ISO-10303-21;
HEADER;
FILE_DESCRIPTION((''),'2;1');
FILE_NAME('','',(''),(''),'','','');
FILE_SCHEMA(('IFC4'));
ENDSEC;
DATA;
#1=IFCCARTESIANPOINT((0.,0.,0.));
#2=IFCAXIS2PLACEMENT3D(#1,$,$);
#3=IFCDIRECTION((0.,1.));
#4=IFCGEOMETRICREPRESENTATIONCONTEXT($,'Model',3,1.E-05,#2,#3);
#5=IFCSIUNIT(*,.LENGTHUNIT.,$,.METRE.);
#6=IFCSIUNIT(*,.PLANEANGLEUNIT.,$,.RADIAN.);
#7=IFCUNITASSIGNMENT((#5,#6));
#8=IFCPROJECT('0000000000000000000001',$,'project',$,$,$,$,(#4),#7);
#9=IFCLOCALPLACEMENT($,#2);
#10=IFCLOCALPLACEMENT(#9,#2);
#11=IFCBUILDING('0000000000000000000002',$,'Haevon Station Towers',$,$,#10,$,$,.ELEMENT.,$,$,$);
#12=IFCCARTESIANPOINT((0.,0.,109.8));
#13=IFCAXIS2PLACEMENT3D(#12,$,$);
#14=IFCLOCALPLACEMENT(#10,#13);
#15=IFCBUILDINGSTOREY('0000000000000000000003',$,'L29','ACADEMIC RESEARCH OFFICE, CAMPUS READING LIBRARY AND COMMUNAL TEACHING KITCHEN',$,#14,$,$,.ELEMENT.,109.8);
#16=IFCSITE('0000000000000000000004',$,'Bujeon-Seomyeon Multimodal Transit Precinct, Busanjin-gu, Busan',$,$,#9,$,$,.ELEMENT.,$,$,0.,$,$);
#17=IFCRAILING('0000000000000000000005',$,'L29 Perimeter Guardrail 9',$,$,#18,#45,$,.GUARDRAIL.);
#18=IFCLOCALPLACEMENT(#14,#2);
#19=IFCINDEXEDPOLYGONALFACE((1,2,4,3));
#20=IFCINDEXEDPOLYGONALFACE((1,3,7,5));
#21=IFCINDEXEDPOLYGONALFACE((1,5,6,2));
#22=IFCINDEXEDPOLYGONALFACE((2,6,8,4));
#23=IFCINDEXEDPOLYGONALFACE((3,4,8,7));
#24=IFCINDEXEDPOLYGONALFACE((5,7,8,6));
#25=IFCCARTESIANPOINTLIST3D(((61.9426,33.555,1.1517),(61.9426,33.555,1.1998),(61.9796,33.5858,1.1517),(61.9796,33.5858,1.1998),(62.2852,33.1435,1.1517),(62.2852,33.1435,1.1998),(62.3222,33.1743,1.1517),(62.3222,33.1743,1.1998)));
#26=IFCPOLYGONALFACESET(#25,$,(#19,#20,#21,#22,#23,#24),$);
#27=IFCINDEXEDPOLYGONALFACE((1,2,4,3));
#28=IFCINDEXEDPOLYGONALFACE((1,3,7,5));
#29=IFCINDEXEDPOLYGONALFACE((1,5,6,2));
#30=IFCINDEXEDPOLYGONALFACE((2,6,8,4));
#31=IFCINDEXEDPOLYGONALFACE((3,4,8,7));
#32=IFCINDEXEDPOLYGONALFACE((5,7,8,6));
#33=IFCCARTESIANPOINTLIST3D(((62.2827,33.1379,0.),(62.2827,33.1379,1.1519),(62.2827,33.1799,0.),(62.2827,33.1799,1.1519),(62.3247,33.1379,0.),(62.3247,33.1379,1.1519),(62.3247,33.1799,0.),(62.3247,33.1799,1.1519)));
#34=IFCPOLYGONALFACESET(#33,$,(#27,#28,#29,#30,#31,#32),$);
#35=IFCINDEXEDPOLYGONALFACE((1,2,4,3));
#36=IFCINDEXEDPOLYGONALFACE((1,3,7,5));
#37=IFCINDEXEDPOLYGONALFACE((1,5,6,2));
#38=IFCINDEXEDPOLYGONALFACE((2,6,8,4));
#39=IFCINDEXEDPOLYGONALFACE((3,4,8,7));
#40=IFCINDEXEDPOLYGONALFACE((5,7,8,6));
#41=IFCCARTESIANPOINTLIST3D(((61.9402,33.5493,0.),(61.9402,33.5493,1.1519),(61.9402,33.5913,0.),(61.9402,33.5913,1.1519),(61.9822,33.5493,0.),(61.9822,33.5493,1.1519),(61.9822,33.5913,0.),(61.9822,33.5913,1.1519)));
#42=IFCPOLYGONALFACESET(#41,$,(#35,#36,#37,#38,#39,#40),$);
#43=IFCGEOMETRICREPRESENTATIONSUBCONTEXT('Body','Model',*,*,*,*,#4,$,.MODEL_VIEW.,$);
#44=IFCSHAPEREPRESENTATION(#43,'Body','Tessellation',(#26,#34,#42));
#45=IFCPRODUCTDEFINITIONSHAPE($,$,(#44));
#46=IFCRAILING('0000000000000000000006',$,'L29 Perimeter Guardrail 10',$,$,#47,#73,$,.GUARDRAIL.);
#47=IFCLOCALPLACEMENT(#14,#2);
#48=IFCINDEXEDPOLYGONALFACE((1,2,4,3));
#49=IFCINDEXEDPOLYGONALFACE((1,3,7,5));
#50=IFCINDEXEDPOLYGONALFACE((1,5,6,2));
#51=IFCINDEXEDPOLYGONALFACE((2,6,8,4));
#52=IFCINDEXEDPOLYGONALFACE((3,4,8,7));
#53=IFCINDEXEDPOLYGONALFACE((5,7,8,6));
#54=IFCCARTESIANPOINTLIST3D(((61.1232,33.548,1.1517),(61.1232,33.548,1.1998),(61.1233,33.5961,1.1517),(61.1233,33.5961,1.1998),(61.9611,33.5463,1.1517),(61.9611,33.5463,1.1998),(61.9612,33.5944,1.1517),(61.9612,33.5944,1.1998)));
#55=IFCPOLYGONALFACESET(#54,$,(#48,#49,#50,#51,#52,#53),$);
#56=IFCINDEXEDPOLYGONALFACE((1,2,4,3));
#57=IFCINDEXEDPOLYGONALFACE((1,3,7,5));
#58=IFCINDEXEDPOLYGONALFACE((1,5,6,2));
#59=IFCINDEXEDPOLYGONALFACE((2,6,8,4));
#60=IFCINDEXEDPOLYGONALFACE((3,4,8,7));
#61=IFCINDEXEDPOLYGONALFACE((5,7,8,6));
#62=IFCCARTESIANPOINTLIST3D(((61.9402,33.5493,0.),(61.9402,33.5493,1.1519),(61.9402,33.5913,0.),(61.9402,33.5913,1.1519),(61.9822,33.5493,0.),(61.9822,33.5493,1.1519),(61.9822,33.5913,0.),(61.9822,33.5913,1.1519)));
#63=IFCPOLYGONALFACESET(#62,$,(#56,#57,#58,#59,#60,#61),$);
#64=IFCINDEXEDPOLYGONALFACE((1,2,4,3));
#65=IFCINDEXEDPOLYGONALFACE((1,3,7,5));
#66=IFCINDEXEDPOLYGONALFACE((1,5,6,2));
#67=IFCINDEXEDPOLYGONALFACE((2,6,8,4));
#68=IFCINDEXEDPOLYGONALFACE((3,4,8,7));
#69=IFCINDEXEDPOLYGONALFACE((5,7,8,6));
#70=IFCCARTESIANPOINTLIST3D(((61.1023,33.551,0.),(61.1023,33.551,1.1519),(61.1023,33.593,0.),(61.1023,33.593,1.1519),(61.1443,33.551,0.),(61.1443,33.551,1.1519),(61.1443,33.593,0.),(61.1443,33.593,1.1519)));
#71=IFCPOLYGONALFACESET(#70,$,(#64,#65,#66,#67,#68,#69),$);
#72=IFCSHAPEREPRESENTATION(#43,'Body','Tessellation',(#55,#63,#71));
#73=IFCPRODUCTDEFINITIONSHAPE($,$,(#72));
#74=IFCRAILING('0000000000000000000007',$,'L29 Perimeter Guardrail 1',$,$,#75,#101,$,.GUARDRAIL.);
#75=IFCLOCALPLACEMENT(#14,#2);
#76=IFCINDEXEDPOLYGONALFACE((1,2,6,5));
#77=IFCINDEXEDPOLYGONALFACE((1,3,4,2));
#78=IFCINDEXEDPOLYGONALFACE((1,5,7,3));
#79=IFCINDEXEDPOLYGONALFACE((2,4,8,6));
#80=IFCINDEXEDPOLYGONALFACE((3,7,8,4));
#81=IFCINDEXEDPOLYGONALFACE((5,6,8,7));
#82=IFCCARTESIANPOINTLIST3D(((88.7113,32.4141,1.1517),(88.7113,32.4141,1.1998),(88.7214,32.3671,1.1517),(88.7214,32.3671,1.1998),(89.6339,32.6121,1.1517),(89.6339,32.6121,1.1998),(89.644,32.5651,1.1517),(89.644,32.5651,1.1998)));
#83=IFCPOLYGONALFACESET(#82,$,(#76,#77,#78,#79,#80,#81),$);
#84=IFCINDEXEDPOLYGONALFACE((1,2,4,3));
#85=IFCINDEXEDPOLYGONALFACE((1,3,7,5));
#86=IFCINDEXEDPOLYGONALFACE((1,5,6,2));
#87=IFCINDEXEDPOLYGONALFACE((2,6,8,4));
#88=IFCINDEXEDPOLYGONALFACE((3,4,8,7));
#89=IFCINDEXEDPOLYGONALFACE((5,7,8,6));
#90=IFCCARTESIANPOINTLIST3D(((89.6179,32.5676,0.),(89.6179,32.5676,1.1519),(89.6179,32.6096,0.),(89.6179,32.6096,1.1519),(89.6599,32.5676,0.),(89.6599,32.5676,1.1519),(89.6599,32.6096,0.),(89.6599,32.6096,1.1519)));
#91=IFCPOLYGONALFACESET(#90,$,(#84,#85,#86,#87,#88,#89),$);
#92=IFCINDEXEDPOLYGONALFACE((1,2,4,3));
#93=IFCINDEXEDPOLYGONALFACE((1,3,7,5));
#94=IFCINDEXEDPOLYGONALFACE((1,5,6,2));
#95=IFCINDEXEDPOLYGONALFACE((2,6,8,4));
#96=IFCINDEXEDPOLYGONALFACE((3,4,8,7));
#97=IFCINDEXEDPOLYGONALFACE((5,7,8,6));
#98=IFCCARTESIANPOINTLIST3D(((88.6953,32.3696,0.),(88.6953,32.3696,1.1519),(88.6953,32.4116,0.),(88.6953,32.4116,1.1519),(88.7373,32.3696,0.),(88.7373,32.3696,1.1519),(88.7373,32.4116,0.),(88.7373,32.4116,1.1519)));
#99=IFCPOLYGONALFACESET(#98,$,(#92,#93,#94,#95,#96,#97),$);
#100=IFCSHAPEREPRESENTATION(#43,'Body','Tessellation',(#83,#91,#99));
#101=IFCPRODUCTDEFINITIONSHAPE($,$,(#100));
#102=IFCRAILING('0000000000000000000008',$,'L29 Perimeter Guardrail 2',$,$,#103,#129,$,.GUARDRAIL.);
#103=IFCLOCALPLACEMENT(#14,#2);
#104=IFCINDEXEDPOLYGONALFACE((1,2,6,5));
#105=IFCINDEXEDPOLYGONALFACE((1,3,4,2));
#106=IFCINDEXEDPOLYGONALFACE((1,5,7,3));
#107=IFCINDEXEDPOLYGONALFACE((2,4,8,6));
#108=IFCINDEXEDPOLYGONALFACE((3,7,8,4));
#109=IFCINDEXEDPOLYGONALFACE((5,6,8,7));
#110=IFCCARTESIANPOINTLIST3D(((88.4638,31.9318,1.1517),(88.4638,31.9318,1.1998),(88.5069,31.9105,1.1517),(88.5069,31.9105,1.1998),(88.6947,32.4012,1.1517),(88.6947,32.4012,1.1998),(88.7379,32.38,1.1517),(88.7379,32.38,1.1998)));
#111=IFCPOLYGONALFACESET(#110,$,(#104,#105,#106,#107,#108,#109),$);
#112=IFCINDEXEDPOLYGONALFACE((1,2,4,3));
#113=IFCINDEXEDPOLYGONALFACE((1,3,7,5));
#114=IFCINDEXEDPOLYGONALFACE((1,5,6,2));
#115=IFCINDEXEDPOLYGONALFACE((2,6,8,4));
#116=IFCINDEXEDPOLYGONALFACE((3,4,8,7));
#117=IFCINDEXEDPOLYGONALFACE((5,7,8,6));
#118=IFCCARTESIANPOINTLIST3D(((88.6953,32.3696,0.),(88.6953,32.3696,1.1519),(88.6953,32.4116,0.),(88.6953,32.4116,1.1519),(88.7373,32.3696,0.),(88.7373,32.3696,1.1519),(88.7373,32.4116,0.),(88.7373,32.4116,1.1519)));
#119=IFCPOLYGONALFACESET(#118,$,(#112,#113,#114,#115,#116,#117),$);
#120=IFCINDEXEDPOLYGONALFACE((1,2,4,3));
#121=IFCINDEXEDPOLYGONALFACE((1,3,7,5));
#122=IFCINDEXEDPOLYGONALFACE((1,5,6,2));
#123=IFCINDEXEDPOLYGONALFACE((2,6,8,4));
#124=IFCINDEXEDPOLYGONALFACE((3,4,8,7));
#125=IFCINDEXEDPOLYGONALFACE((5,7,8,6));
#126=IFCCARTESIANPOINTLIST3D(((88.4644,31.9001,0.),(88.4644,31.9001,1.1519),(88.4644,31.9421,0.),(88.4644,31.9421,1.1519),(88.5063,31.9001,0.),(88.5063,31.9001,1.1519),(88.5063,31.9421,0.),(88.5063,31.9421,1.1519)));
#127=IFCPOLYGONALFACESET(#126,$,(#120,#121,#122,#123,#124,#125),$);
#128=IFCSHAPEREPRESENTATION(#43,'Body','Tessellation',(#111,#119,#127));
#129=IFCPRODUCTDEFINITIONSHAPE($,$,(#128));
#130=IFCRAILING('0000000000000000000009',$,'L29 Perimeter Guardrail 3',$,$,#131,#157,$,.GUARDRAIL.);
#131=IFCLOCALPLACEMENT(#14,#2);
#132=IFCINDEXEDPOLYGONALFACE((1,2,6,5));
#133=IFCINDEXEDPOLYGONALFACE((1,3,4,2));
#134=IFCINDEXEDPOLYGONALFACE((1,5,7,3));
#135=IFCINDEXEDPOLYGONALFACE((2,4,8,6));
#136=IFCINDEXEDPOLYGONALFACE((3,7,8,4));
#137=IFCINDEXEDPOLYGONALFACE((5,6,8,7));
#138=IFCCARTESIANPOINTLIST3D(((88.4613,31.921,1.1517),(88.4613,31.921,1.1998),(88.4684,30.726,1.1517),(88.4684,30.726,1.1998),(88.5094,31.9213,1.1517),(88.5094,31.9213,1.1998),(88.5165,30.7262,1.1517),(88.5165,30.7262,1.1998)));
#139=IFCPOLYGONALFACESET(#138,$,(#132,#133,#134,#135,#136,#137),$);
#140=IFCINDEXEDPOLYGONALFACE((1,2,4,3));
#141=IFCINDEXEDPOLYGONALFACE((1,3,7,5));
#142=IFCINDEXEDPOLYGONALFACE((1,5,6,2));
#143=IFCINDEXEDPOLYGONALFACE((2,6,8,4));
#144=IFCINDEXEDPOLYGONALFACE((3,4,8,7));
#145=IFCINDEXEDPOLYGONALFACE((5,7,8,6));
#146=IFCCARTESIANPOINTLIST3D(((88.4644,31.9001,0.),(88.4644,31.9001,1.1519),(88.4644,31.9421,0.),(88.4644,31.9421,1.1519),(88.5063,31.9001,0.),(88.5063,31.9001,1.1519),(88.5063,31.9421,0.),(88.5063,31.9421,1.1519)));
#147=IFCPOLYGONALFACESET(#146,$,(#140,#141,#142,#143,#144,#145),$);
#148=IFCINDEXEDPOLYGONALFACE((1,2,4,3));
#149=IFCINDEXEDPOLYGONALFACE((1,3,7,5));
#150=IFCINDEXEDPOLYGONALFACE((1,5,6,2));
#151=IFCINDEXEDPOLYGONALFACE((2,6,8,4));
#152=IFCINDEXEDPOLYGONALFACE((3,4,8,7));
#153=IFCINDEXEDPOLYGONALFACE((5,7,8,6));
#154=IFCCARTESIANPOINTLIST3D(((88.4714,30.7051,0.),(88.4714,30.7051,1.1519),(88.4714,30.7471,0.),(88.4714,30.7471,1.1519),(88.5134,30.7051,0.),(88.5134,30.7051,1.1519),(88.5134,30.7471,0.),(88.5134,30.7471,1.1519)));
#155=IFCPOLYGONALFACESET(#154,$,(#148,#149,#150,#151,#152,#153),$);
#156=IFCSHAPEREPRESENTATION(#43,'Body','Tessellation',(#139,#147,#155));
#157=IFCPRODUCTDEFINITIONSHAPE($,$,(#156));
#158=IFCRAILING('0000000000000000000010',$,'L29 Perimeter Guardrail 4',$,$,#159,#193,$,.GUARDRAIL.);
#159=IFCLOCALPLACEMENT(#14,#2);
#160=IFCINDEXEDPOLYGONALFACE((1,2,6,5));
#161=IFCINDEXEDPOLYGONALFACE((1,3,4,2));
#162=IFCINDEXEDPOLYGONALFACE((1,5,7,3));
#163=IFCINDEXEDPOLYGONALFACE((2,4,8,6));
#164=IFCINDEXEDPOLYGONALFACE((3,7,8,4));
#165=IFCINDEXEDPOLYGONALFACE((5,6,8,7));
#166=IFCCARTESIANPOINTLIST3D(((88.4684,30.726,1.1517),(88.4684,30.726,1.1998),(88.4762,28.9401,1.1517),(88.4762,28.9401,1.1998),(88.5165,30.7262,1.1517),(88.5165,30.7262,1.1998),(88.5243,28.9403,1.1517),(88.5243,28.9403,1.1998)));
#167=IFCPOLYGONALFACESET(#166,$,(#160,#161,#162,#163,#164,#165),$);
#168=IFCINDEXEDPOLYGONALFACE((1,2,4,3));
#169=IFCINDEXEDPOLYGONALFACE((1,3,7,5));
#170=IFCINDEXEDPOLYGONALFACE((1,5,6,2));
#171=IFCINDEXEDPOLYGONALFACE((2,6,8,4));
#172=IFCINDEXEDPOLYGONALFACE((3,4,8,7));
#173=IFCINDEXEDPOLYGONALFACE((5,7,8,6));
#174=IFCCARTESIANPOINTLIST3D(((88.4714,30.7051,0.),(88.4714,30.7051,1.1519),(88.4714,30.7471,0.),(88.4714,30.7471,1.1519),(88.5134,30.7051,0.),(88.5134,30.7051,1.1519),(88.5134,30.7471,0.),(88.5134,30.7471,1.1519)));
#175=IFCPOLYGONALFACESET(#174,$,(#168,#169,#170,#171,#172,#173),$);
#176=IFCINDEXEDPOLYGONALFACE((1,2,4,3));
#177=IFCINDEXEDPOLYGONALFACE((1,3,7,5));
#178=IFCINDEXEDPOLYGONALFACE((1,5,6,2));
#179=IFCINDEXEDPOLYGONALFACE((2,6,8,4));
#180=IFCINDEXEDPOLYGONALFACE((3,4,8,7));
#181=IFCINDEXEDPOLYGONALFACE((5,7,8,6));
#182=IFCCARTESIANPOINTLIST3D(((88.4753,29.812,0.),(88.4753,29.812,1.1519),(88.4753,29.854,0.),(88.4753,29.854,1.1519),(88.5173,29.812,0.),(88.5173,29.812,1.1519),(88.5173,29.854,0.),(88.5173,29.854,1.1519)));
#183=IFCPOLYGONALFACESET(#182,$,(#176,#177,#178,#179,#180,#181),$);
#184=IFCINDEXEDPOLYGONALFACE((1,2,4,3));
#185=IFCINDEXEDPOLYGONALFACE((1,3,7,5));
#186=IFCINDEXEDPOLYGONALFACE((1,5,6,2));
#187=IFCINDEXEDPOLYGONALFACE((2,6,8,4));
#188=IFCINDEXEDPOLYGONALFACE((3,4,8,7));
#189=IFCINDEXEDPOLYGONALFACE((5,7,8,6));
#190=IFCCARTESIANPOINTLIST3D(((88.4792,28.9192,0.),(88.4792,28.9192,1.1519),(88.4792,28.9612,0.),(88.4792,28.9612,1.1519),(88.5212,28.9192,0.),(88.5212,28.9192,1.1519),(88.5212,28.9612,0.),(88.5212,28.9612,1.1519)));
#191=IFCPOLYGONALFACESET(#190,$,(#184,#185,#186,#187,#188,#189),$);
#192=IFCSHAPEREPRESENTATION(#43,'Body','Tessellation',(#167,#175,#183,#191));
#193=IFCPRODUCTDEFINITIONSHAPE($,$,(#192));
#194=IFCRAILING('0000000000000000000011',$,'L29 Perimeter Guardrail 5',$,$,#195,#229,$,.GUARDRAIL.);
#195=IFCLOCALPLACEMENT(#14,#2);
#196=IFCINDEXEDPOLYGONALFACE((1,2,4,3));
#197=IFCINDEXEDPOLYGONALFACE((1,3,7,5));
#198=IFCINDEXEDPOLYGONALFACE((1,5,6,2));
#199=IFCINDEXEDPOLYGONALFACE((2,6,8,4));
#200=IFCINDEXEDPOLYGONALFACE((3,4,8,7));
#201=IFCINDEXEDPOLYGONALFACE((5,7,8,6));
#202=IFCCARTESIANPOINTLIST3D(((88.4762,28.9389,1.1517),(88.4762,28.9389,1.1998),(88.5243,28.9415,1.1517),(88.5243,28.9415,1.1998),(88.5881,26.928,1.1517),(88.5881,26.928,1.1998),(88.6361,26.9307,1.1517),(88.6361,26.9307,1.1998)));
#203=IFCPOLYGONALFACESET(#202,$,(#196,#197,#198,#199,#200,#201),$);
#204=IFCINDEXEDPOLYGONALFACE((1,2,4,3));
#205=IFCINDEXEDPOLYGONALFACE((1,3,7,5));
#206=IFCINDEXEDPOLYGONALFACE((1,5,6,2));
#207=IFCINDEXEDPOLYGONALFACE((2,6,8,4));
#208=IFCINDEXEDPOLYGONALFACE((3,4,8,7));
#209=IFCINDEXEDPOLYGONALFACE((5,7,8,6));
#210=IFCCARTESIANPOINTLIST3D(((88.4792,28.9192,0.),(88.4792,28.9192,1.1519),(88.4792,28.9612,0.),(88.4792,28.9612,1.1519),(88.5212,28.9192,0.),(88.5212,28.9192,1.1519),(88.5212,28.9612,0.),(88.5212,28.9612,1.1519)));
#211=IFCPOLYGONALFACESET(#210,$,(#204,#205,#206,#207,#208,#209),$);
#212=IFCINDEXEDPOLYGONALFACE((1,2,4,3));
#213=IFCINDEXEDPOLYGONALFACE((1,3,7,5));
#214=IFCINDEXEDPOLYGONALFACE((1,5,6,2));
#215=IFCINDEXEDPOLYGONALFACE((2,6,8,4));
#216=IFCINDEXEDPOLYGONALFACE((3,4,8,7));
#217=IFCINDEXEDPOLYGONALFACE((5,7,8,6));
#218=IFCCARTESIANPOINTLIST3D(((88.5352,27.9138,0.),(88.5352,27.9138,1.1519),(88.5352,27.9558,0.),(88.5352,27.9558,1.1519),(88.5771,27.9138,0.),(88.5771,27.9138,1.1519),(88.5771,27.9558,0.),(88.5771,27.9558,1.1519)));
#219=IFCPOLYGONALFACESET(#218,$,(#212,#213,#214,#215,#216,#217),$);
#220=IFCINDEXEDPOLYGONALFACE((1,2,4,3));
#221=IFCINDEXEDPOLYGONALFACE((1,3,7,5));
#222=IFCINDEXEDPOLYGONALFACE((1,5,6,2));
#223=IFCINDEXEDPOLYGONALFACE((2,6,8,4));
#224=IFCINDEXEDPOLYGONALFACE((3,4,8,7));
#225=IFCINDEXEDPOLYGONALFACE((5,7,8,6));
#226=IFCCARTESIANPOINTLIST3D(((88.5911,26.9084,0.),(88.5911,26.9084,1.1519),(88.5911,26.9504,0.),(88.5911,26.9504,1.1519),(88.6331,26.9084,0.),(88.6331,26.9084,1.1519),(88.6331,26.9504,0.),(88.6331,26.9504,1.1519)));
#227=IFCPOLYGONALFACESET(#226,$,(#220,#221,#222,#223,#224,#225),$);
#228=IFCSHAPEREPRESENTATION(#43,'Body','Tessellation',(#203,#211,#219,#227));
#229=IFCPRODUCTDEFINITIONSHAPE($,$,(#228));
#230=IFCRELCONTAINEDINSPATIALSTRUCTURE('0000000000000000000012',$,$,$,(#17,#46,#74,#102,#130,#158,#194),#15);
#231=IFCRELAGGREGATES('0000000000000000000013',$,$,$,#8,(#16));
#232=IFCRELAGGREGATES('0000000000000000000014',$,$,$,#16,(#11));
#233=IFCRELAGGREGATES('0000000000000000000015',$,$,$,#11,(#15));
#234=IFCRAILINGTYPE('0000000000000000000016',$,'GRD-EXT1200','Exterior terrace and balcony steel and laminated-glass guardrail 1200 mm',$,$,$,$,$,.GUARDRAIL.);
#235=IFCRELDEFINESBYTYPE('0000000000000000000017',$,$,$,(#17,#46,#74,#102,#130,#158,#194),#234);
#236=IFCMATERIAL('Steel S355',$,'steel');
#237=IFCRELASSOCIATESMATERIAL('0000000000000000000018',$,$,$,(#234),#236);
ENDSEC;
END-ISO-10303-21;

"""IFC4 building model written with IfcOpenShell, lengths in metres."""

from ifc_helpers import new_model, si_unit, direction, frame, origin, origin_2d, place, context, subcontext, project, spatial, rectangle, extrude, material, type_object, element, save


model = new_model("IFC4")

# Units and contexts
model_context = context("Model", 3, precision=1e-05, world=origin(), true_north=direction((0.0, 1.0)))
body_context = subcontext(model_context, "Body", "Model", "MODEL_VIEW")
ifc_project = project(units=[si_unit("LENGTHUNIT", "METRE"), si_unit("PLANEANGLEUNIT", "RADIAN")], contexts=[model_context])

# Site, building, storey
site_placement = place(None, origin())
site = spatial("IfcSite", under=ifc_project, at=site_placement, Name="Bujeon-Seomyeon Multimodal Transit Precinct, Busanjin-gu, Busan", CompositionType="ELEMENT", RefElevation=0.0)
building_placement = place(site_placement, origin())
building = spatial("IfcBuilding", under=site, at=building_placement, Name="Haevon Station Towers", CompositionType="ELEMENT")
storey_placement = place(building_placement, frame((0.0, 0.0, 109.8)))
storey = spatial("IfcBuildingStorey", under=building, at=storey_placement, Name="L29", Description="ACADEMIC RESEARCH OFFICE, CAMPUS READING LIBRARY AND COMMUNAL TEACHING KITCHEN", CompositionType="ELEMENT", Elevation=109.8)

# Railings
ifc_material_1 = material(Name="Steel S355", Category="steel")
railing_type = type_object("IfcRailingType", Name="GRD-EXT1200", Description="Exterior terrace and balcony steel and laminated-glass guardrail 1200 mm", PredefinedType="GUARDRAIL", material=ifc_material_1)
railing_1_placement = place(storey_placement, frame((62.3037, 33.1589, 0.0)))
element("IfcRailing", 1, at=railing_1_placement, inside=storey, type_object=railing_type, Name="L29 Perimeter Guardrail 9", PredefinedType="GUARDRAIL", context=body_context, shape_type="SweptSolid", body=[
    extrude(rectangle(XDim=0.0481, YDim=0.0481, at=origin_2d()), frame((0.0, 0.0, 1.1758), z_axis=(-0.63987, 0.768483, 0.0), x_axis=(-0.768483, -0.63987, 0.0)), (0.0, 0.0, 1.0), 0.5354),
    extrude(rectangle(XDim=0.042, YDim=0.042, at=origin_2d()), origin(), (0.0, 0.0, 1.0), 1.1519),
    extrude(rectangle(XDim=0.042, YDim=0.042, at=origin_2d()), frame((-0.3425, 0.4114, 0.0)), (0.0, 0.0, 1.0), 1.1519),
])
railing_2_placement = place(storey_placement, frame((61.9612, 33.5703, 0.0)))
element("IfcRailing", 2, at=railing_2_placement, inside=storey, type_object=railing_type, Name="L29 Perimeter Guardrail 10", PredefinedType="GUARDRAIL", context=body_context, shape_type="SweptSolid", body=[
    extrude(rectangle(XDim=0.0481, YDim=0.0481, at=origin_2d()), frame((0.0, 0.0, 1.1758), z_axis=(-0.999998, 0.00204, 0.0), x_axis=(-0.00204, -0.999998, 0.0)), (0.0, 0.0, 1.0), 0.8379),
    extrude(rectangle(XDim=0.042, YDim=0.042, at=origin_2d()), origin(), (0.0, 0.0, 1.0), 1.1519),
    extrude(rectangle(XDim=0.042, YDim=0.042, at=origin_2d()), frame((-0.8379, 0.0017, 0.0)), (0.0, 0.0, 1.0), 1.1519),
])
railing_3_placement = place(storey_placement, frame((89.6389, 32.5886, 0.0)))
element("IfcRailing", 3, at=railing_3_placement, inside=storey, type_object=railing_type, Name="L29 Perimeter Guardrail 1", PredefinedType="GUARDRAIL", context=body_context, shape_type="SweptSolid", body=[
    extrude(rectangle(XDim=0.0481, YDim=0.0481, at=origin_2d()), frame((0.0, 0.0, 1.1758), z_axis=(-0.977738, -0.209829, 0.0), x_axis=(0.209829, -0.977738, 0.0)), (0.0, 0.0, 1.0), 0.9436),
    extrude(rectangle(XDim=0.042, YDim=0.042, at=origin_2d()), origin(), (0.0, 0.0, 1.0), 1.1519),
    extrude(rectangle(XDim=0.042, YDim=0.042, at=origin_2d()), frame((-0.9226, -0.198, 0.0)), (0.0, 0.0, 1.0), 1.1519),
])
railing_4_placement = place(storey_placement, frame((88.7163, 32.3906, 0.0)))
element("IfcRailing", 4, at=railing_4_placement, inside=storey, type_object=railing_type, Name="L29 Perimeter Guardrail 2", PredefinedType="GUARDRAIL", context=body_context, shape_type="SweptSolid", body=[
    extrude(rectangle(XDim=0.0481, YDim=0.0481, at=origin_2d()), frame((0.0, 0.0, 1.1758), z_axis=(-0.441418, -0.897301, 0.0), x_axis=(0.897301, -0.441418, 0.0)), (0.0, 0.0, 1.0), 0.5232),
    extrude(rectangle(XDim=0.042, YDim=0.042, at=origin_2d()), origin(), (0.0, 0.0, 1.0), 1.1519),
    extrude(rectangle(XDim=0.042, YDim=0.042, at=origin_2d()), frame((-0.231, -0.4695, 0.0)), (0.0, 0.0, 1.0), 1.1519),
])
railing_5_placement = place(storey_placement, frame((88.4854, 31.9211, 0.0)))
element("IfcRailing", 5, at=railing_5_placement, inside=storey, type_object=railing_type, Name="L29 Perimeter Guardrail 3", PredefinedType="GUARDRAIL", context=body_context, shape_type="SweptSolid", body=[
    extrude(rectangle(XDim=0.0481, YDim=0.0481, at=origin_2d()), frame((0.0, 0.0, 1.1758), z_axis=(0.005924, -0.999982, 0.0), x_axis=(0.999982, 0.005924, 0.0)), (0.0, 0.0, 1.0), 1.1951),
    extrude(rectangle(XDim=0.042, YDim=0.042, at=origin_2d()), origin(), (0.0, 0.0, 1.0), 1.1519),
    extrude(rectangle(XDim=0.042, YDim=0.042, at=origin_2d()), frame((0.0071, -1.1951, 0.0)), (0.0, 0.0, 1.0), 1.1519),
])
railing_6_placement = place(storey_placement, frame((88.4924, 30.7261, 0.0)))
element("IfcRailing", 6, at=railing_6_placement, inside=storey, type_object=railing_type, Name="L29 Perimeter Guardrail 4", PredefinedType="GUARDRAIL", context=body_context, shape_type="SweptSolid", body=[
    extrude(rectangle(XDim=0.0481, YDim=0.0481, at=origin_2d()), frame((0.0, 0.0, 1.1758), z_axis=(0.004375, -0.99999, 0.0), x_axis=(0.99999, 0.004375, 0.0)), (0.0, 0.0, 1.0), 1.7859),
    extrude(rectangle(XDim=0.042, YDim=0.042, at=origin_2d()), origin(), (0.0, 0.0, 1.0), 1.1519),
    extrude(rectangle(XDim=0.042, YDim=0.042, at=origin_2d()), frame((0.0039, -0.8931, 0.0)), (0.0, 0.0, 1.0), 1.1519),
    extrude(rectangle(XDim=0.042, YDim=0.042, at=origin_2d()), frame((0.0078, -1.7859, 0.0)), (0.0, 0.0, 1.0), 1.1519),
])
railing_7_placement = place(storey_placement, frame((88.5002, 28.9402, 0.0)))
element("IfcRailing", 7, at=railing_7_placement, inside=storey, type_object=railing_type, Name="L29 Perimeter Guardrail 5", PredefinedType="GUARDRAIL", context=body_context, shape_type="SweptSolid", body=[
    extrude(rectangle(XDim=0.0481, YDim=0.0481, at=origin_2d()), frame((0.0, 0.0, 1.1758), z_axis=(0.055524, -0.998457, 0.0), x_axis=(0.998457, 0.055524, 0.0)), (0.0, 0.0, 1.0), 2.0139),
    extrude(rectangle(XDim=0.042, YDim=0.042, at=origin_2d()), origin(), (0.0, 0.0, 1.0), 1.1519),
    extrude(rectangle(XDim=0.042, YDim=0.042, at=origin_2d()), frame((0.0559, -1.0054, 0.0)), (0.0, 0.0, 1.0), 1.1519),
    extrude(rectangle(XDim=0.042, YDim=0.042, at=origin_2d()), frame((0.1118, -2.0107, 0.0)), (0.0, 0.0, 1.0), 1.1519),
])

save(model, "model.ifc")
